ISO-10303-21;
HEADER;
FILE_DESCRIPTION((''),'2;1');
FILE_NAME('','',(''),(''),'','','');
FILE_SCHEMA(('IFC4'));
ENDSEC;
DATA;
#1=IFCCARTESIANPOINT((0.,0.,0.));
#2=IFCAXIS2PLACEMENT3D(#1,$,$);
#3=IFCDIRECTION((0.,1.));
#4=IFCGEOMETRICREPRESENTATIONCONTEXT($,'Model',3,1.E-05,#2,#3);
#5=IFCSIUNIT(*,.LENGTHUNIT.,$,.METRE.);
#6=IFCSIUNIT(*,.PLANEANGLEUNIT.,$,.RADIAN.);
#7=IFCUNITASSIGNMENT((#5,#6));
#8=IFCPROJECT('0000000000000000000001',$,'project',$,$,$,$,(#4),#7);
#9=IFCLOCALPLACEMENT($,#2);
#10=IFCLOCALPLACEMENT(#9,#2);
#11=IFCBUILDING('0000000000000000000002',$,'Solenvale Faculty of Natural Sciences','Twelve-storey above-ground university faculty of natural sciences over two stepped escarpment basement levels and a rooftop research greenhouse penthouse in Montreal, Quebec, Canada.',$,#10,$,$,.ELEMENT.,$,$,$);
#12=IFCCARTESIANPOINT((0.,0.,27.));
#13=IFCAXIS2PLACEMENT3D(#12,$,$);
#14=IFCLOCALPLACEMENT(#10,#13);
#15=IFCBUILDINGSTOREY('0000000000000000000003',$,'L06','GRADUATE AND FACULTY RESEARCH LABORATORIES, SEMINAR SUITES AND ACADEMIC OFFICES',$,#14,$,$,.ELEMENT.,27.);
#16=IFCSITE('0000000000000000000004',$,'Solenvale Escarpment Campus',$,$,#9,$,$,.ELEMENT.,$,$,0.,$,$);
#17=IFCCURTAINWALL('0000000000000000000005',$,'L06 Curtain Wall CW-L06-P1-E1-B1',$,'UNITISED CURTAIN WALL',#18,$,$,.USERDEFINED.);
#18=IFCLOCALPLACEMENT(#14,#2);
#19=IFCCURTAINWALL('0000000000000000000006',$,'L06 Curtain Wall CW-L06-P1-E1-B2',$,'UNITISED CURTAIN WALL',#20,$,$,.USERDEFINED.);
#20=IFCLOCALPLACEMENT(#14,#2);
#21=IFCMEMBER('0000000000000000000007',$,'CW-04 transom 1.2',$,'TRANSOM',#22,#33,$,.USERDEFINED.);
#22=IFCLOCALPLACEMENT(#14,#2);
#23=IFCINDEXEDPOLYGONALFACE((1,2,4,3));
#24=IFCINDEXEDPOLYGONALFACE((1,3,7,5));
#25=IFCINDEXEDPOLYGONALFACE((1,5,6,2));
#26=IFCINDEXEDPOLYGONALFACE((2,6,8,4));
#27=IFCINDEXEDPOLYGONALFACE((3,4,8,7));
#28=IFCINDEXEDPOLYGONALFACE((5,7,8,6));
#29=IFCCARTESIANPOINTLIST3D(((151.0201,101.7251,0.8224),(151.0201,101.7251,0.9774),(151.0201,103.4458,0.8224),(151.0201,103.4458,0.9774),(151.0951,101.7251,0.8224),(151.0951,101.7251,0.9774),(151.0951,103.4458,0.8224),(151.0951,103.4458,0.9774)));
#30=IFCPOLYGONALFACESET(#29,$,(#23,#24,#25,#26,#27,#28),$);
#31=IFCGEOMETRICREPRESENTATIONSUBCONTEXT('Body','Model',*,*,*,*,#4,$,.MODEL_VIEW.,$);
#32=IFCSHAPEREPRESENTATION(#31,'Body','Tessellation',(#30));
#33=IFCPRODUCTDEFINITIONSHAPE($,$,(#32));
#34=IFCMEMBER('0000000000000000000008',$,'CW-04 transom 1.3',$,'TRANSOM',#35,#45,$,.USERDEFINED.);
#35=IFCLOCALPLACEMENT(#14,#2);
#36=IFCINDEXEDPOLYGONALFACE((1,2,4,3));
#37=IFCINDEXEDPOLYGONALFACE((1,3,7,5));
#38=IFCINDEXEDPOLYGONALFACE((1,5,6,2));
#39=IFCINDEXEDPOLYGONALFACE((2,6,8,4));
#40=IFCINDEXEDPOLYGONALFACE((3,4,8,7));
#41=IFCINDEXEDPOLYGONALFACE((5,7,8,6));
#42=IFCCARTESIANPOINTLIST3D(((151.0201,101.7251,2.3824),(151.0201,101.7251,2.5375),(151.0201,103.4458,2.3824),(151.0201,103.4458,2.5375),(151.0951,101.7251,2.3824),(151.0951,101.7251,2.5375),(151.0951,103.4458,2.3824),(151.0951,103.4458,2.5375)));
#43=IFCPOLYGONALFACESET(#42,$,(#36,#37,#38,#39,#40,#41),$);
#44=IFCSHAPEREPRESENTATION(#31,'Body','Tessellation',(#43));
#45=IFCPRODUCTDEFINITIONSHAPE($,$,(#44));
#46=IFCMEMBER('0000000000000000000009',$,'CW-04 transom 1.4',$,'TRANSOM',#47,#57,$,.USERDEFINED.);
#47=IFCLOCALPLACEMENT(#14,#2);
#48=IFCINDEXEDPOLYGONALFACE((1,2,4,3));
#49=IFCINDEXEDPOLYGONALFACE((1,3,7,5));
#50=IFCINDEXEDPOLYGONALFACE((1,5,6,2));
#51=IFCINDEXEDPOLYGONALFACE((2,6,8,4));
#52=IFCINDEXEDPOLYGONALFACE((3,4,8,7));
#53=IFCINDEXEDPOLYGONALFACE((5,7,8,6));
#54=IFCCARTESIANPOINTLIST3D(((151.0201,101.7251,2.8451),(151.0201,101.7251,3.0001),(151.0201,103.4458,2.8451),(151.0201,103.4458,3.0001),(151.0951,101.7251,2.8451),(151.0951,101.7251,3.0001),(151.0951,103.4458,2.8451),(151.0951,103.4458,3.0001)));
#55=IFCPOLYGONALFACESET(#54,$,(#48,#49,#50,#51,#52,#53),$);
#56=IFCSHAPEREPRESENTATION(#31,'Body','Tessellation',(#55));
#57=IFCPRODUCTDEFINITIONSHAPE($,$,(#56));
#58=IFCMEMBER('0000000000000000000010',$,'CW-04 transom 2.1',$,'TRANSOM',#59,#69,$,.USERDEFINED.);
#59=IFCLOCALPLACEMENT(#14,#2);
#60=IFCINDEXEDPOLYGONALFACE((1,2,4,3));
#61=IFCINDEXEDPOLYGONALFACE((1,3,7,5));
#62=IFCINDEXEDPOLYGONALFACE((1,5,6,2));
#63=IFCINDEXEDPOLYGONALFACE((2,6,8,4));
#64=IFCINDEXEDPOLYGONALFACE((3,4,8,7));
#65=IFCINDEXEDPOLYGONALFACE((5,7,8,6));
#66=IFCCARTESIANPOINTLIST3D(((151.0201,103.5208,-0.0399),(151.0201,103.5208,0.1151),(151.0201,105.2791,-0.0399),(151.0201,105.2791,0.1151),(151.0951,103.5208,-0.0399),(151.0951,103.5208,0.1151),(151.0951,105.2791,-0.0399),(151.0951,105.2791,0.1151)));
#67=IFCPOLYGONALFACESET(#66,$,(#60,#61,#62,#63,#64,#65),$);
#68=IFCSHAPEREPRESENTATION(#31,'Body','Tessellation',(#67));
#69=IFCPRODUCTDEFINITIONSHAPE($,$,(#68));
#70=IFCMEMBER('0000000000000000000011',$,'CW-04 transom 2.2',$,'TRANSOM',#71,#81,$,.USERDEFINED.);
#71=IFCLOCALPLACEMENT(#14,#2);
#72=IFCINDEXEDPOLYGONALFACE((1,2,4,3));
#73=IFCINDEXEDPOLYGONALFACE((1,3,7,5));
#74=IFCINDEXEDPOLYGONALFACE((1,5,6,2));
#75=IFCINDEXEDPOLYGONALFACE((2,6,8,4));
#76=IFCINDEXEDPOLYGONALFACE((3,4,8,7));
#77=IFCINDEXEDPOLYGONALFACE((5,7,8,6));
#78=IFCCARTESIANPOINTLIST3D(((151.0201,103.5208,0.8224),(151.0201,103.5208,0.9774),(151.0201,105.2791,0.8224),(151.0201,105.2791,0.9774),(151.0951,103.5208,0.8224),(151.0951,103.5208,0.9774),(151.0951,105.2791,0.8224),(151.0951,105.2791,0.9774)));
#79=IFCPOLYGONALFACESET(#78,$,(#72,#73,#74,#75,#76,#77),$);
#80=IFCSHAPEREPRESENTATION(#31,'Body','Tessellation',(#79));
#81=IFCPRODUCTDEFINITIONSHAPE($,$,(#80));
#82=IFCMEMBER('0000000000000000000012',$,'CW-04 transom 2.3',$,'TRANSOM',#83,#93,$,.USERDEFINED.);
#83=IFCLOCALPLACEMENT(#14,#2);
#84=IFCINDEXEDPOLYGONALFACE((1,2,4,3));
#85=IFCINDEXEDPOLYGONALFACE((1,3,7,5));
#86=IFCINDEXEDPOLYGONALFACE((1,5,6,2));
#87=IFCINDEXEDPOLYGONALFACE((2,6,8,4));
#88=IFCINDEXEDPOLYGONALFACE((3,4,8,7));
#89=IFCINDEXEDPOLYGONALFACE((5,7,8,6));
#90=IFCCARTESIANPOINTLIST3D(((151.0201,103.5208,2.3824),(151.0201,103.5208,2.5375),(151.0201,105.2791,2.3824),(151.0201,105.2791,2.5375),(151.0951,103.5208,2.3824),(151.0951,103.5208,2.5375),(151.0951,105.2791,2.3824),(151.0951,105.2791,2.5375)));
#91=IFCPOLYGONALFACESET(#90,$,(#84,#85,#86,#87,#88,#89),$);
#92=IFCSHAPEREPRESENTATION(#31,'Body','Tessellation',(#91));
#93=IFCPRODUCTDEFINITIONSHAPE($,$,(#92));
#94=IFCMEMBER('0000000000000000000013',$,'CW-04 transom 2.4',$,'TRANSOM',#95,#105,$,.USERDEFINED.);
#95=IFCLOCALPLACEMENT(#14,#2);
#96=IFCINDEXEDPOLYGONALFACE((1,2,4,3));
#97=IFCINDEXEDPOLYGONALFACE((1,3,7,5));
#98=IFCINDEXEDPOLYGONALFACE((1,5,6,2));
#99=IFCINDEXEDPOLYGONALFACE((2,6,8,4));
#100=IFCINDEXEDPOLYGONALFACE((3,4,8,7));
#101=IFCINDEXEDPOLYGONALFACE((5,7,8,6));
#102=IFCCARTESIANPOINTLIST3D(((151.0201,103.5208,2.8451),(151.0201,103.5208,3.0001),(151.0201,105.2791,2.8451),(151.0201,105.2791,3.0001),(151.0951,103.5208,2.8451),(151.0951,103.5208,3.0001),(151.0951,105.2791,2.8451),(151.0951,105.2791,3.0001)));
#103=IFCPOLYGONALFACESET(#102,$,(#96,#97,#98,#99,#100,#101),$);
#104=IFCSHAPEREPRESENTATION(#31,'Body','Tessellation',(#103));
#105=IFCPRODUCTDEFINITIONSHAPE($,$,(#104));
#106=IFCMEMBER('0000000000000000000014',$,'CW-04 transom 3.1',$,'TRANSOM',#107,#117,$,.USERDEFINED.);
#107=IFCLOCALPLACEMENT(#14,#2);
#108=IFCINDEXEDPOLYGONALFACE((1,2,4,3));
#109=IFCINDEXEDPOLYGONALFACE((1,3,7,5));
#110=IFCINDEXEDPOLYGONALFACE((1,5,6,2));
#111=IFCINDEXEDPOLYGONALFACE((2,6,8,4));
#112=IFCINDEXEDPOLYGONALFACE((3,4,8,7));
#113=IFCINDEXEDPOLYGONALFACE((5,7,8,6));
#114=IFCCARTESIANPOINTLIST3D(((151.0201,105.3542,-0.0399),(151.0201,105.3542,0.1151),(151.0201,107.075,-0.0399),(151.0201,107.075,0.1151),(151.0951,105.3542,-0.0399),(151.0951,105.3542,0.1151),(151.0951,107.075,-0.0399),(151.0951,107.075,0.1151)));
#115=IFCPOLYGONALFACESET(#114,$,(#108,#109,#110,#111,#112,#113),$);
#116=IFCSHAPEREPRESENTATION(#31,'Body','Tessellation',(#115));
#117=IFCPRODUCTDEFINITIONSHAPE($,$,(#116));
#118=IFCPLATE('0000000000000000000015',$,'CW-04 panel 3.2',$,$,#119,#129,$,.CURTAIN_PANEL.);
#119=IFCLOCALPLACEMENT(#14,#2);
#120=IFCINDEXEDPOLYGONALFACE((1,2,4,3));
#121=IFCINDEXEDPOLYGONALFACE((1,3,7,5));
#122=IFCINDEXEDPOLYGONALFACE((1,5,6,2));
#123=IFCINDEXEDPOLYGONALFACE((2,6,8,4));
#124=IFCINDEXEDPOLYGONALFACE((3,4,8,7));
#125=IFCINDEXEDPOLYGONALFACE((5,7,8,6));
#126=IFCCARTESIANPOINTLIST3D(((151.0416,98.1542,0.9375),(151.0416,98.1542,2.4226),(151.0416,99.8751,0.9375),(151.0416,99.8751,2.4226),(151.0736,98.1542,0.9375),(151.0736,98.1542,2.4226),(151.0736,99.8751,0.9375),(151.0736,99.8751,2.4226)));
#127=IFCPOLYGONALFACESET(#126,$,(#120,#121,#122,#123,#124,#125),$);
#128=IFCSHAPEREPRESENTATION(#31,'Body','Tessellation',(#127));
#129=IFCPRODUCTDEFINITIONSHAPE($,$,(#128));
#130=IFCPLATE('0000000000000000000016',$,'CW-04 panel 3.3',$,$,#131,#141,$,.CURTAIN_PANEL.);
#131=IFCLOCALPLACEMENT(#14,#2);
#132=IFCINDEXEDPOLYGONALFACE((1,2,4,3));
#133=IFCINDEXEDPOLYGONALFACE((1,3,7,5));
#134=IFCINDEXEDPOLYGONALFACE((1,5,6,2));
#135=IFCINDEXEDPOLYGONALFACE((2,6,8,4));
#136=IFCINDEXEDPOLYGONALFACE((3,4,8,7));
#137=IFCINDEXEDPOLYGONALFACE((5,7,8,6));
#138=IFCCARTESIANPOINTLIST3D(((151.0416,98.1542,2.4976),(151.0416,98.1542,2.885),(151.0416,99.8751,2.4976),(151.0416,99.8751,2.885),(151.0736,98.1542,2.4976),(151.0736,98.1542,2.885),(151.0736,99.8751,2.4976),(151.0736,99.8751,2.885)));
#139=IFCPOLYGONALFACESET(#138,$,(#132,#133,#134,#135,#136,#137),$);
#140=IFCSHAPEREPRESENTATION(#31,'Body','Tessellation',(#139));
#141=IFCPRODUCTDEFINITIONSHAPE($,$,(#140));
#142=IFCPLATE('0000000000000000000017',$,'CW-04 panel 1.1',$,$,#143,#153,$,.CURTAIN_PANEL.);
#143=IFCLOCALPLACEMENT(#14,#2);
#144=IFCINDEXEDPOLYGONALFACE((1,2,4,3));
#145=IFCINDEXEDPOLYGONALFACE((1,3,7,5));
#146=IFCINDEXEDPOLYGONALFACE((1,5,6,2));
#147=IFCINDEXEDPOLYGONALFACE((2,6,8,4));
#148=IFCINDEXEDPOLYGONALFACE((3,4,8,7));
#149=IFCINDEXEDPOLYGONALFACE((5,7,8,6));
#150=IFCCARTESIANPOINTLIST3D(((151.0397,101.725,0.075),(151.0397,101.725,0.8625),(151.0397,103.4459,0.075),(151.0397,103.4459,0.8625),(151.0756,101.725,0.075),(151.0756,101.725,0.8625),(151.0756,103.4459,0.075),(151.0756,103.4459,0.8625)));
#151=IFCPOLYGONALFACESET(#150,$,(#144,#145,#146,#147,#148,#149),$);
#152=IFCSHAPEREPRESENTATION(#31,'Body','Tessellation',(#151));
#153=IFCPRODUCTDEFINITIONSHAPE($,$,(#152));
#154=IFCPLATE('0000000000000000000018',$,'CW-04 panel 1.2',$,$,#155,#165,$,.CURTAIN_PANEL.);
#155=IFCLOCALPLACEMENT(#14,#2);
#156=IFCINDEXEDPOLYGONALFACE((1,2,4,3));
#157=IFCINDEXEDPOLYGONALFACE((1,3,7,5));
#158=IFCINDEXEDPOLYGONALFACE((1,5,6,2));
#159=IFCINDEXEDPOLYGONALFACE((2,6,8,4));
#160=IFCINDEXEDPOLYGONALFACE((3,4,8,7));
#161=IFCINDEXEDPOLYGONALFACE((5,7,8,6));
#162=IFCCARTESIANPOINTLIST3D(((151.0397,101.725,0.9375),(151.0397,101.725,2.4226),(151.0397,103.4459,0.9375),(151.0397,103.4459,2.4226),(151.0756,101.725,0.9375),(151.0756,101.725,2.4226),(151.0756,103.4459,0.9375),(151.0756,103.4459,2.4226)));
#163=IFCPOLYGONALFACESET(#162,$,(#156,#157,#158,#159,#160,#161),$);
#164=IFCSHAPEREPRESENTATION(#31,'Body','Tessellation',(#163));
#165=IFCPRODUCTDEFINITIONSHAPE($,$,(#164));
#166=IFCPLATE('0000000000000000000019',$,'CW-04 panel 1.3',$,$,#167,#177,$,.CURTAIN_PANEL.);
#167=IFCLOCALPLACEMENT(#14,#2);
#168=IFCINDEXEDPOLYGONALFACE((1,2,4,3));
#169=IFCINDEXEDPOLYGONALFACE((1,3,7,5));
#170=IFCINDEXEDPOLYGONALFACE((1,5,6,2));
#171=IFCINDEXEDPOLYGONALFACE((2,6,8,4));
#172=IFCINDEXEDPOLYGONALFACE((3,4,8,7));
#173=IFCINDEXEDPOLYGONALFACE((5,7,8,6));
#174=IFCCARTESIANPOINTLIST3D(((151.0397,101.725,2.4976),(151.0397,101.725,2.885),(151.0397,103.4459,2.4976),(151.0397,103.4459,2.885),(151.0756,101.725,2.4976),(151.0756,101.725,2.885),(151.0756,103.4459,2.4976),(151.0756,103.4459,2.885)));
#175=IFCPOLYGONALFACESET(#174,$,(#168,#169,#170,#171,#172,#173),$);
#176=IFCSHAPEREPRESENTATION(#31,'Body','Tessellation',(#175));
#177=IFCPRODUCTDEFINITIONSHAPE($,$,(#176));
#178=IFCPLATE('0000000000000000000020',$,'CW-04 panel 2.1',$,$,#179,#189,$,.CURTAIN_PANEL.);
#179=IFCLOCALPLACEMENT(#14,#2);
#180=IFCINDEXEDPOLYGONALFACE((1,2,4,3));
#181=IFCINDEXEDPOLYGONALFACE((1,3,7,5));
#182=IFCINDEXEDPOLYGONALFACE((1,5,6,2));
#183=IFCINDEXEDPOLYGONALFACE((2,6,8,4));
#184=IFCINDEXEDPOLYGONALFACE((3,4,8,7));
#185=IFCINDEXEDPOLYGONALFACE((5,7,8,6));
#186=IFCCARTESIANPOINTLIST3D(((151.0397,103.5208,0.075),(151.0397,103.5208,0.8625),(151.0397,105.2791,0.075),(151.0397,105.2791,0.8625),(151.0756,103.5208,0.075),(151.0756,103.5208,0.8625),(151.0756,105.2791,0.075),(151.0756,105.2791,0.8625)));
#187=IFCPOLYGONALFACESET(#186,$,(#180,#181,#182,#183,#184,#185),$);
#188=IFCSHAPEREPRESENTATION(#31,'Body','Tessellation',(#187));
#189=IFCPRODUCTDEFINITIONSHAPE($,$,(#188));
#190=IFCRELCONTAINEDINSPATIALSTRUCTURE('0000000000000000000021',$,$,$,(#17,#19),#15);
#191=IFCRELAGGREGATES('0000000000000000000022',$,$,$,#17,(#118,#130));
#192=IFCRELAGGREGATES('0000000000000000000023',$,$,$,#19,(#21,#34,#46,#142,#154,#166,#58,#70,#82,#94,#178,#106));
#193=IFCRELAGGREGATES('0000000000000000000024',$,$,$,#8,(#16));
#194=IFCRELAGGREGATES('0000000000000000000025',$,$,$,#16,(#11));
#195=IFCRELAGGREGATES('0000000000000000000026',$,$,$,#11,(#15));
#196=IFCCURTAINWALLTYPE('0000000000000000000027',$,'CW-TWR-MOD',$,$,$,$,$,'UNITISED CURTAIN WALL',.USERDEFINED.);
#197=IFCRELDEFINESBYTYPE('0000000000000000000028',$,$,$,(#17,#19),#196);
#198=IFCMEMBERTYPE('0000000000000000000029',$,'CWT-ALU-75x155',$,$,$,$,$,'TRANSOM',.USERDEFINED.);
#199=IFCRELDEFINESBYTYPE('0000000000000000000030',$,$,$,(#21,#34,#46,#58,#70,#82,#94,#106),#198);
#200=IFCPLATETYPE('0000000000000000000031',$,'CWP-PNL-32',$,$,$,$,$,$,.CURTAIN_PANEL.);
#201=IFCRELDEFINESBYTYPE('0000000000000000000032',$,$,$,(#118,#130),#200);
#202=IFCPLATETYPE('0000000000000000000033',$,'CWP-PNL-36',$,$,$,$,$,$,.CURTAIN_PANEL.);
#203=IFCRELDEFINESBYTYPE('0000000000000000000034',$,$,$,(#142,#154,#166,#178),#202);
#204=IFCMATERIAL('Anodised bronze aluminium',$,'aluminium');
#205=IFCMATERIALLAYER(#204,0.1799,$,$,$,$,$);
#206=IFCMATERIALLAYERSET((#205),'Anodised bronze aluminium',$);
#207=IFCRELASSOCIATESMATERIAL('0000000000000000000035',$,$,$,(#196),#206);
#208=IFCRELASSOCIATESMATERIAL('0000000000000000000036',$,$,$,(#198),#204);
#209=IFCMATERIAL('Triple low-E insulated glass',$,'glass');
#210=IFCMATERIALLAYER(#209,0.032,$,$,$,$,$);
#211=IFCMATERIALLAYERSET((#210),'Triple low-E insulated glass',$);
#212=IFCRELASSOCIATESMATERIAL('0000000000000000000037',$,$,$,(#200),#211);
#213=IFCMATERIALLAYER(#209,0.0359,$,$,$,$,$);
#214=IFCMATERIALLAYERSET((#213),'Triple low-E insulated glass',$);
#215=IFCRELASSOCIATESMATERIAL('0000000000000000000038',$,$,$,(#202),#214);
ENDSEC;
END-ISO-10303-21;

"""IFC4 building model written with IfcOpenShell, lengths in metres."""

from ifc_helpers import new_model, si_unit, direction, frame, origin, origin_2d, place, context, subcontext, project, spatial, rectangle, extrude, material, layer, layer_set, material_profile, profile_set, type_object, element, aggregate, save


model = new_model("IFC4")

# Units and contexts
model_context = context("Model", 3, precision=1e-05, world=origin(), true_north=direction((0.0, 1.0)))
body_context = subcontext(model_context, "Body", "Model", "MODEL_VIEW")
ifc_project = project(units=[si_unit("LENGTHUNIT", "METRE"), si_unit("PLANEANGLEUNIT", "RADIAN")], contexts=[model_context])

# Site, building, storey
site_placement = place(None, origin())
site = spatial("IfcSite", under=ifc_project, at=site_placement, Name="Solenvale Escarpment Campus", CompositionType="ELEMENT", RefElevation=0.0)
building_placement = place(site_placement, origin())
building = spatial("IfcBuilding", under=site, at=building_placement, Name="Solenvale Faculty of Natural Sciences", Description="Twelve-storey above-ground university faculty of natural sciences over two stepped escarpment basement levels and a rooftop research greenhouse penthouse in Montreal, Quebec, Canada.", CompositionType="ELEMENT")
storey_placement = place(building_placement, frame((0.0, 0.0, 27.0)))
storey = spatial("IfcBuildingStorey", under=building, at=storey_placement, Name="L06", Description="GRADUATE AND FACULTY RESEARCH LABORATORIES, SEMINAR SUITES AND ACADEMIC OFFICES", CompositionType="ELEMENT", Elevation=27.0)

# Curtain wall
ifc_material_1 = material(Name="Anodised bronze aluminium", Category="aluminium")
ifc_layer_1 = layer(ifc_material_1, 0.1799)
ifc_layer_set_1 = layer_set([ifc_layer_1], Name="Anodised bronze aluminium")
curtain_wall_type = type_object("IfcCurtainWallType", Name="CW-TWR-MOD", ElementType="UNITISED CURTAIN WALL", PredefinedType="USERDEFINED", material=ifc_layer_set_1)
curtain_wall_1_placement = place(storey_placement, origin())
curtain_wall_1 = element("IfcCurtainWall", 1, at=curtain_wall_1_placement, inside=storey, type_object=curtain_wall_type, Name="L06 Curtain Wall CW-L06-P1-E1-B1", ObjectType="UNITISED CURTAIN WALL", PredefinedType="USERDEFINED")

# Curtain wall, members
curtain_wall_2_placement = place(storey_placement, origin())
curtain_wall_2 = element("IfcCurtainWall", 2, at=curtain_wall_2_placement, inside=storey, type_object=curtain_wall_type, Name="L06 Curtain Wall CW-L06-P1-E1-B2", ObjectType="UNITISED CURTAIN WALL", PredefinedType="USERDEFINED")
ifc_material_profile_1 = material_profile(ifc_material_1, rectangle(XDim=0.075, YDim=0.155, at=origin_2d()), Name="ALU-TRN-75x155")
ifc_profile_set_1 = profile_set([ifc_material_profile_1], Name="Anodised bronze aluminium")
member_type_1 = type_object("IfcMemberType", Name="CWT-ALU-75x155", ElementType="TRANSOM", PredefinedType="USERDEFINED", material=ifc_profile_set_1)
member_1_placement = place(storey_placement, frame((151.0576, 101.7251, 0.8999), z_axis=(0.0, 1.0, 0.0), x_axis=(-1.0, 0.0, 0.0)))
member_1 = element("IfcMember", 3, at=member_1_placement, type_object=member_type_1, Name="CW-04 transom 1.2", ObjectType="TRANSOM", PredefinedType="USERDEFINED", context=body_context, shape_type="SweptSolid", body=[
    extrude(rectangle(XDim=0.075, YDim=0.155, at=origin_2d()), origin(), (0.0, 0.0, 1.0), 1.7207),
])
member_2_placement = place(storey_placement, frame((151.0576, 101.7251, 2.46), z_axis=(0.0, 1.0, 0.0), x_axis=(-1.0, 0.0, 0.0)))
member_2 = element("IfcMember", 4, at=member_2_placement, type_object=member_type_1, Name="CW-04 transom 1.3", ObjectType="TRANSOM", PredefinedType="USERDEFINED", context=body_context, shape_type="SweptSolid", body=[
    extrude(rectangle(XDim=0.075, YDim=0.155, at=origin_2d()), origin(), (0.0, 0.0, 1.0), 1.7207),
])
member_3_placement = place(storey_placement, frame((151.0576, 101.7251, 2.9226), z_axis=(0.0, 1.0, 0.0), x_axis=(-1.0, 0.0, 0.0)))
member_3 = element("IfcMember", 5, at=member_3_placement, type_object=member_type_1, Name="CW-04 transom 1.4", ObjectType="TRANSOM", PredefinedType="USERDEFINED", context=body_context, shape_type="SweptSolid", body=[
    extrude(rectangle(XDim=0.075, YDim=0.155, at=origin_2d()), origin(), (0.0, 0.0, 1.0), 1.7207),
])
member_4_placement = place(storey_placement, frame((151.0576, 103.5208, 0.0376), z_axis=(0.0, 1.0, 0.0), x_axis=(-1.0, 0.0, 0.0)))
member_4 = element("IfcMember", 6, at=member_4_placement, type_object=member_type_1, Name="CW-04 transom 2.1", ObjectType="TRANSOM", PredefinedType="USERDEFINED", context=body_context, shape_type="SweptSolid", body=[
    extrude(rectangle(XDim=0.075, YDim=0.155, at=origin_2d()), origin(), (0.0, 0.0, 1.0), 1.7583),
])
member_5_placement = place(storey_placement, frame((151.0576, 103.5208, 0.8999), z_axis=(0.0, 1.0, 0.0), x_axis=(-1.0, 0.0, 0.0)))
member_5 = element("IfcMember", 7, at=member_5_placement, type_object=member_type_1, Name="CW-04 transom 2.2", ObjectType="TRANSOM", PredefinedType="USERDEFINED", context=body_context, shape_type="SweptSolid", body=[
    extrude(rectangle(XDim=0.075, YDim=0.155, at=origin_2d()), origin(), (0.0, 0.0, 1.0), 1.7583),
])
member_6_placement = place(storey_placement, frame((151.0576, 103.5208, 2.46), z_axis=(0.0, 1.0, 0.0), x_axis=(-1.0, 0.0, 0.0)))
member_6 = element("IfcMember", 8, at=member_6_placement, type_object=member_type_1, Name="CW-04 transom 2.3", ObjectType="TRANSOM", PredefinedType="USERDEFINED", context=body_context, shape_type="SweptSolid", body=[
    extrude(rectangle(XDim=0.075, YDim=0.155, at=origin_2d()), origin(), (0.0, 0.0, 1.0), 1.7583),
])
member_7_placement = place(storey_placement, frame((151.0576, 103.5208, 2.9226), z_axis=(0.0, 1.0, 0.0), x_axis=(-1.0, 0.0, 0.0)))
member_7 = element("IfcMember", 9, at=member_7_placement, type_object=member_type_1, Name="CW-04 transom 2.4", ObjectType="TRANSOM", PredefinedType="USERDEFINED", context=body_context, shape_type="SweptSolid", body=[
    extrude(rectangle(XDim=0.075, YDim=0.155, at=origin_2d()), origin(), (0.0, 0.0, 1.0), 1.7583),
])
member_8_placement = place(storey_placement, frame((151.0576, 105.3542, 0.0376), z_axis=(0.0, 1.0, 0.0), x_axis=(-1.0, 0.0, 0.0)))
member_8 = element("IfcMember", 10, at=member_8_placement, type_object=member_type_1, Name="CW-04 transom 3.1", ObjectType="TRANSOM", PredefinedType="USERDEFINED", context=body_context, shape_type="SweptSolid", body=[
    extrude(rectangle(XDim=0.075, YDim=0.155, at=origin_2d()), origin(), (0.0, 0.0, 1.0), 1.7207),
])

# Plates
ifc_material_2 = material(Name="Triple low-E insulated glass", Category="glass")
ifc_layer_2 = layer(ifc_material_2, 0.032)
ifc_layer_set_2 = layer_set([ifc_layer_2], Name="Triple low-E insulated glass")
plate_type_1 = type_object("IfcPlateType", Name="CWP-PNL-32", PredefinedType="CURTAIN_PANEL", material=ifc_layer_set_2)
plate_1_placement = place(storey_placement, frame((151.0576, 99.0146, 0.9375), z_axis=(0.0, 0.0, 1.0), x_axis=(0.0, 1.0, 0.0)))
plate_1 = element("IfcPlate", 11, at=plate_1_placement, type_object=plate_type_1, Name="CW-04 panel 3.2", PredefinedType="CURTAIN_PANEL", context=body_context, shape_type="SweptSolid", body=[
    extrude(rectangle(XDim=1.7209, YDim=0.032, at=origin_2d()), origin(), (0.0, 0.0, 1.0), 1.4851),
])
plate_2_placement = place(storey_placement, frame((151.0576, 99.0146, 2.4976), z_axis=(0.0, 0.0, 1.0), x_axis=(0.0, 1.0, 0.0)))
plate_2 = element("IfcPlate", 12, at=plate_2_placement, type_object=plate_type_1, Name="CW-04 panel 3.3", PredefinedType="CURTAIN_PANEL", context=body_context, shape_type="SweptSolid", body=[
    extrude(rectangle(XDim=1.7209, YDim=0.032, at=origin_2d()), origin(), (0.0, 0.0, 1.0), 0.3875),
])
aggregate(curtain_wall_1, [plate_1, plate_2])
ifc_layer_3 = layer(ifc_material_2, 0.0359)
ifc_layer_set_3 = layer_set([ifc_layer_3], Name="Triple low-E insulated glass")
plate_type_2 = type_object("IfcPlateType", Name="CWP-PNL-36", PredefinedType="CURTAIN_PANEL", material=ifc_layer_set_3)
plate_3_placement = place(storey_placement, frame((151.0576, 102.5854, 0.075), z_axis=(0.0, 0.0, 1.0), x_axis=(0.0, 1.0, 0.0)))
plate_3 = element("IfcPlate", 13, at=plate_3_placement, type_object=plate_type_2, Name="CW-04 panel 1.1", PredefinedType="CURTAIN_PANEL", context=body_context, shape_type="SweptSolid", body=[
    extrude(rectangle(XDim=1.7209, YDim=0.0359, at=origin_2d()), origin(), (0.0, 0.0, 1.0), 0.7876),
])
plate_4_placement = place(storey_placement, frame((151.0576, 102.5854, 0.9375), z_axis=(0.0, 0.0, 1.0), x_axis=(0.0, 1.0, 0.0)))
plate_4 = element("IfcPlate", 14, at=plate_4_placement, type_object=plate_type_2, Name="CW-04 panel 1.2", PredefinedType="CURTAIN_PANEL", context=body_context, shape_type="SweptSolid", body=[
    extrude(rectangle(XDim=1.7209, YDim=0.0359, at=origin_2d()), origin(), (0.0, 0.0, 1.0), 1.4851),
])
plate_5_placement = place(storey_placement, frame((151.0576, 102.5854, 2.4976), z_axis=(0.0, 0.0, 1.0), x_axis=(0.0, 1.0, 0.0)))
plate_5 = element("IfcPlate", 15, at=plate_5_placement, type_object=plate_type_2, Name="CW-04 panel 1.3", PredefinedType="CURTAIN_PANEL", context=body_context, shape_type="SweptSolid", body=[
    extrude(rectangle(XDim=1.7209, YDim=0.0359, at=origin_2d()), origin(), (0.0, 0.0, 1.0), 0.3875),
])
plate_6_placement = place(storey_placement, frame((151.0576, 104.3999, 0.075), z_axis=(0.0, 0.0, 1.0), x_axis=(0.0, 1.0, 0.0)))
plate_6 = element("IfcPlate", 16, at=plate_6_placement, type_object=plate_type_2, Name="CW-04 panel 2.1", PredefinedType="CURTAIN_PANEL", context=body_context, shape_type="SweptSolid", body=[
    extrude(rectangle(XDim=1.7583, YDim=0.0359, at=origin_2d()), origin(), (0.0, 0.0, 1.0), 0.7876),
])
aggregate(curtain_wall_2, [member_1, member_2, member_3, plate_3, plate_4, plate_5, member_4, member_5, member_6, member_7, plate_6, member_8])

save(model, "model.ifc")
